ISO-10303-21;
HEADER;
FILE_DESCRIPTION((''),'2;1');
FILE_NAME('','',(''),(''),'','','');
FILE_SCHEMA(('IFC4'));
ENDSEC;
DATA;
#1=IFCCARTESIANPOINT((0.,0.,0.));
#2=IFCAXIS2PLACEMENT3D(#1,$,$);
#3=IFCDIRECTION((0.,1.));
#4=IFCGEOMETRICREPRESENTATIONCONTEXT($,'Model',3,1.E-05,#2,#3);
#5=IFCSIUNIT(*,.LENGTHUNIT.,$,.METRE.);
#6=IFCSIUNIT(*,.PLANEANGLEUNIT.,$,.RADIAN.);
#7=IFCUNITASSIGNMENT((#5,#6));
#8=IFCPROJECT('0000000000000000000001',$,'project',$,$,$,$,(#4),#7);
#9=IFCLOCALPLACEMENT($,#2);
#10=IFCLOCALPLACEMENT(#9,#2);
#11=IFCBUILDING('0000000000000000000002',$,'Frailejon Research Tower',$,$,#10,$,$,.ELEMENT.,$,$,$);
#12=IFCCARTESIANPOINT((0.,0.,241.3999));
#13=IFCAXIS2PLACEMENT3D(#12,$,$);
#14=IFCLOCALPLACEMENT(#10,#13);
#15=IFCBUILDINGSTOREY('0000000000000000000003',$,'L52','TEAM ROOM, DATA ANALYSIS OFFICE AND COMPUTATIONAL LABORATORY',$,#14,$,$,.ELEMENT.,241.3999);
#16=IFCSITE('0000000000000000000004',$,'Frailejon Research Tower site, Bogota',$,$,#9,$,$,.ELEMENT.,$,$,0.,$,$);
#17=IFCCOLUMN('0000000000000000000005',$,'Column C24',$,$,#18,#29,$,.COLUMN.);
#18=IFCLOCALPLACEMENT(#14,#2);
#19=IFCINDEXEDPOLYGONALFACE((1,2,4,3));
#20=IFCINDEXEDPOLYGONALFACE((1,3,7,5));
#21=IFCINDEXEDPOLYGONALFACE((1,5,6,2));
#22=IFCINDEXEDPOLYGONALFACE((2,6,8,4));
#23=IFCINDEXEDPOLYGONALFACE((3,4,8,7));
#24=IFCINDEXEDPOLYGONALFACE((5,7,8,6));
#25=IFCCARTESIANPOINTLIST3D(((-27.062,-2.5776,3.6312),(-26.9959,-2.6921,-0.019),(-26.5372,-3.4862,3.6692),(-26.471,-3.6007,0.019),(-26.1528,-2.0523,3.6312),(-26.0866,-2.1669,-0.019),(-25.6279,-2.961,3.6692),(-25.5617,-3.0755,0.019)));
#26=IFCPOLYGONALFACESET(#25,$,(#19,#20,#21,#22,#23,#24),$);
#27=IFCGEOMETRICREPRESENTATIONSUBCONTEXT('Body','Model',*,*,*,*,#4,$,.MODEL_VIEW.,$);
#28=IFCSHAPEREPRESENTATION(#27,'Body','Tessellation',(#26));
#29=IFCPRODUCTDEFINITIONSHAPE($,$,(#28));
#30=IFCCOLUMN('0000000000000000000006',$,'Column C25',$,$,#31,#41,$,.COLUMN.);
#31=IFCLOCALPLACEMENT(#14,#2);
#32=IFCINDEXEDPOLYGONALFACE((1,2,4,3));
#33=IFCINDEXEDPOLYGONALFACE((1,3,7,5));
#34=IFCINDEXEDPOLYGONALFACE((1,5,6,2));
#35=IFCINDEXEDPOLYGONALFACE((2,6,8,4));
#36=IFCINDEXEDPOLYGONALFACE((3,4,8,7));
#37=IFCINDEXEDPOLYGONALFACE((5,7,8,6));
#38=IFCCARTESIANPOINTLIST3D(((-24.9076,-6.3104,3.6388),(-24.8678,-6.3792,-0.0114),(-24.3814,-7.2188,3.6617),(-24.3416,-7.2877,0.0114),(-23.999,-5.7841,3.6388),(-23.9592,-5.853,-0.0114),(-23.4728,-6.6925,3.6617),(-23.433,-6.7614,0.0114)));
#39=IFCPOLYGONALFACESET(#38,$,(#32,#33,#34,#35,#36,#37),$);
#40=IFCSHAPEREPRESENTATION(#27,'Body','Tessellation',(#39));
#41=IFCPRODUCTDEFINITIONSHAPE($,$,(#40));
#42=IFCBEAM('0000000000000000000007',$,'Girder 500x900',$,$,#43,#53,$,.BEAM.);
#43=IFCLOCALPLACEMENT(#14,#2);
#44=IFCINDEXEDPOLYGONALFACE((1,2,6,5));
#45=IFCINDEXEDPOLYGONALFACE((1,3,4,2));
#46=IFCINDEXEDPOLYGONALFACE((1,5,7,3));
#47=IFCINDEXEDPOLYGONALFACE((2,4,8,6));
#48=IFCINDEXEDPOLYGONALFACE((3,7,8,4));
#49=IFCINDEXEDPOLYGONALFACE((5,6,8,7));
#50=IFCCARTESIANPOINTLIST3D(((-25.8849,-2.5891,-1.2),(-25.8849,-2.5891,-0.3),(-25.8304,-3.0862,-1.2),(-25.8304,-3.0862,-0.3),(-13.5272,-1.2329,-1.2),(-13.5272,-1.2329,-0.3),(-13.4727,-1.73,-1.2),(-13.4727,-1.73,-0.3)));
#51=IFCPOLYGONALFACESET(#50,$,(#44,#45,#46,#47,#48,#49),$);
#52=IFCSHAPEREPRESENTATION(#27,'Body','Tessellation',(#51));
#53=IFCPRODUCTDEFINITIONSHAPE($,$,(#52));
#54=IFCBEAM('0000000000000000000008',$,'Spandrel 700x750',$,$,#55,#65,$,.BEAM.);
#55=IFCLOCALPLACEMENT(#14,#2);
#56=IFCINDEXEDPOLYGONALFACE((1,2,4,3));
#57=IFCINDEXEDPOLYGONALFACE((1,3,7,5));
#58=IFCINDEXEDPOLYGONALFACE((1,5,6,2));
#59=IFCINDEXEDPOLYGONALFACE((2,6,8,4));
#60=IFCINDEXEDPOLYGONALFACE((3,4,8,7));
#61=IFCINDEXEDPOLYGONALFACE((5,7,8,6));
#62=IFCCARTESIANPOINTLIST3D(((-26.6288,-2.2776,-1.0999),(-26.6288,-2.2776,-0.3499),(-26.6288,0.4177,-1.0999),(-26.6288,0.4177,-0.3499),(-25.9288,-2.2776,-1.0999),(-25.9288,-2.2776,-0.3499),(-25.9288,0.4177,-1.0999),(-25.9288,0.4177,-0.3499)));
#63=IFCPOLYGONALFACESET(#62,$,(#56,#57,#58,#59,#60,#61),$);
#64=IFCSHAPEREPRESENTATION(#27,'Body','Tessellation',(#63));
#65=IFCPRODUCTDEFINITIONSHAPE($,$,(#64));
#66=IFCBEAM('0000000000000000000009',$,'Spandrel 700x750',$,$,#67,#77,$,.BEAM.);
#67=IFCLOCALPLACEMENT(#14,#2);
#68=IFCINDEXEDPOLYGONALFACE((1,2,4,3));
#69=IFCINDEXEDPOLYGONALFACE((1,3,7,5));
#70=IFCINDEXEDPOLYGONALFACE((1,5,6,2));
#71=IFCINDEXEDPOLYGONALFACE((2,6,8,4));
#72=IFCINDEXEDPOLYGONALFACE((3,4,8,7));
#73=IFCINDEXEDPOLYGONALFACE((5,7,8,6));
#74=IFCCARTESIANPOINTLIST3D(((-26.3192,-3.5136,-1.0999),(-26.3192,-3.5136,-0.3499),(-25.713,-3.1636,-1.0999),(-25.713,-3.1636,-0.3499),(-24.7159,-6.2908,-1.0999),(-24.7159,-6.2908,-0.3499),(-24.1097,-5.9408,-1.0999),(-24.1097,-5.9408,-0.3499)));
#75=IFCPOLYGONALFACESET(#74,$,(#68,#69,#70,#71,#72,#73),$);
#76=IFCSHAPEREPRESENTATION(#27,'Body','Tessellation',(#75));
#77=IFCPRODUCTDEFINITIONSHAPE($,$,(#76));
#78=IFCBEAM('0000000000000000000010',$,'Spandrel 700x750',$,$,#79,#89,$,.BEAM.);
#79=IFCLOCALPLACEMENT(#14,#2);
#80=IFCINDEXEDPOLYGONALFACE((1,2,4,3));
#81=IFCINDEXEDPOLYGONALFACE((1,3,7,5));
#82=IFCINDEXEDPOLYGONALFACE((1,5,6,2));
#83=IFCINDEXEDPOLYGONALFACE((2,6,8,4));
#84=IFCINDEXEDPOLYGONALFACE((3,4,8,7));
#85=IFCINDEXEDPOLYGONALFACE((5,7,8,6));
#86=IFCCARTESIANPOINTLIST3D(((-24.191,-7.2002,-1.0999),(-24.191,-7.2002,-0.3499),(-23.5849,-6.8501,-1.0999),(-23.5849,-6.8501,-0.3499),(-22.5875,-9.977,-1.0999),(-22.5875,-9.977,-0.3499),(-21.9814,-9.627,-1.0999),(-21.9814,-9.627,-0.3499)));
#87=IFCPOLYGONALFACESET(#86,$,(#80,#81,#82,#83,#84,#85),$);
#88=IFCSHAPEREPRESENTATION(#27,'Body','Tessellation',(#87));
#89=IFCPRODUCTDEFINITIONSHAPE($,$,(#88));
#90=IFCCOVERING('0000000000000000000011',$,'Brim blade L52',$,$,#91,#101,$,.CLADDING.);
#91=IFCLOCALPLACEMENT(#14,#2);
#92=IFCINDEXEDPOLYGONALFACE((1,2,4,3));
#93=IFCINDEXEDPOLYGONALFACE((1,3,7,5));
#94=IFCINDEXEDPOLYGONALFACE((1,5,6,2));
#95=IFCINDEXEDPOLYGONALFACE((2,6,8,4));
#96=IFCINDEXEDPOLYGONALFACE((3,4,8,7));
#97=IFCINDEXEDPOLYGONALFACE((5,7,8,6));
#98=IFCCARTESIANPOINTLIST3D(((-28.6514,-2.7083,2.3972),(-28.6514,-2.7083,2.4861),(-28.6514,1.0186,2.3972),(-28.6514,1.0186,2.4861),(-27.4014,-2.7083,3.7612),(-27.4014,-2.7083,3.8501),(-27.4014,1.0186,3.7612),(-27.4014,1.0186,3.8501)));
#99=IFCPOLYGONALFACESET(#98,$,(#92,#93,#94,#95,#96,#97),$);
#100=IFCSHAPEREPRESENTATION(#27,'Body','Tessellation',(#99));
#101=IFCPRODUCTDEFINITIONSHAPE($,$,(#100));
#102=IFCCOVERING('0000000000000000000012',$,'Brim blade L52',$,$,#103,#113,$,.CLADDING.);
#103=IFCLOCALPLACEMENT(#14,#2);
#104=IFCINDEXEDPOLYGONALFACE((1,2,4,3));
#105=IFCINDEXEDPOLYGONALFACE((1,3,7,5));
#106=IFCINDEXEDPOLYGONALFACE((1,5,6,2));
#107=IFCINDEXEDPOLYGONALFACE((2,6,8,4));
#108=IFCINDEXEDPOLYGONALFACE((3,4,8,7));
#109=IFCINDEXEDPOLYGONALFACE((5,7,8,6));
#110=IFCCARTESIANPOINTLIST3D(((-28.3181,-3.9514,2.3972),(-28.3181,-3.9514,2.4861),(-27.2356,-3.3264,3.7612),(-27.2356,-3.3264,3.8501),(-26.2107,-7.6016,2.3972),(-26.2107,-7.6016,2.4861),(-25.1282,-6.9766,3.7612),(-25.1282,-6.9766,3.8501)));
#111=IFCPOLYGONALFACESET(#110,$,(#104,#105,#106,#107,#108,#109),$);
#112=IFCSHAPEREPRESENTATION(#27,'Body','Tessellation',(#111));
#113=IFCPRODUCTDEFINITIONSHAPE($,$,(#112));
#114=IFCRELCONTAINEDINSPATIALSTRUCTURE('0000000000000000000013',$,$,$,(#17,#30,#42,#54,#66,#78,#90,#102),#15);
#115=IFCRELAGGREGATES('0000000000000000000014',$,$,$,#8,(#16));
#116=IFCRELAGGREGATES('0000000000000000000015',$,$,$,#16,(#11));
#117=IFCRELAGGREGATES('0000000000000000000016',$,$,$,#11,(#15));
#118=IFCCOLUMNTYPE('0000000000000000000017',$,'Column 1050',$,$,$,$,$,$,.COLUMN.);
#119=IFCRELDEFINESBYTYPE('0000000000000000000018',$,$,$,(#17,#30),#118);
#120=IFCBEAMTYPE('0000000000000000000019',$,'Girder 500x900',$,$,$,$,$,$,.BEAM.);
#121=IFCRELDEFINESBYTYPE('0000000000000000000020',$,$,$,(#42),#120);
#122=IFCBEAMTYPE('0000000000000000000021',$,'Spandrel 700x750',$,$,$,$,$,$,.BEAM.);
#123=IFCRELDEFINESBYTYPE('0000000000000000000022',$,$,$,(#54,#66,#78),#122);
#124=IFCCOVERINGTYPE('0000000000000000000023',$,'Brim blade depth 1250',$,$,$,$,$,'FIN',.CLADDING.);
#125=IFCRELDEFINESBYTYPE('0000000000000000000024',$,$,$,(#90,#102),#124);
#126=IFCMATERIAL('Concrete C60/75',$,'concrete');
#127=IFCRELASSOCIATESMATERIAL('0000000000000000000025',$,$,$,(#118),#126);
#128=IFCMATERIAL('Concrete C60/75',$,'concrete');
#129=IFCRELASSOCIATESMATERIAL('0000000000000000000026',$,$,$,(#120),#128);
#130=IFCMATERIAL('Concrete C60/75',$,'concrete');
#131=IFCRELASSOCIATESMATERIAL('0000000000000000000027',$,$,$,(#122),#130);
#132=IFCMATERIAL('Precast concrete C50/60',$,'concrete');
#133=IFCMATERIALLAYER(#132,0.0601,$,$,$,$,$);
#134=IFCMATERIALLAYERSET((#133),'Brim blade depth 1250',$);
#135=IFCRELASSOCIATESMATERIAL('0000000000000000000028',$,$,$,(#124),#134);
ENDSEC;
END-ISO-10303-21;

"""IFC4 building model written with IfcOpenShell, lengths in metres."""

from ifc_helpers import new_model, si_unit, direction, frame, origin, origin_2d, place, context, subcontext, project, spatial, polyline, rectangle, outline, extrude, material, layer, layer_set, material_profile, profile_set, type_object, element, save


model = new_model("IFC4")

# Units and contexts
model_context = context("Model", 3, precision=1e-05, world=origin(), true_north=direction((0.0, 1.0)))
body_context = subcontext(model_context, "Body", "Model", "MODEL_VIEW")
ifc_project = project(units=[si_unit("LENGTHUNIT", "METRE"), si_unit("PLANEANGLEUNIT", "RADIAN")], contexts=[model_context])

# Site, building, storey
site_placement = place(None, origin())
site = spatial("IfcSite", under=ifc_project, at=site_placement, Name="Frailejon Research Tower site, Bogota", CompositionType="ELEMENT", RefElevation=0.0)
building_placement = place(site_placement, origin())
building = spatial("IfcBuilding", under=site, at=building_placement, Name="Frailejon Research Tower", CompositionType="ELEMENT")
storey_placement = place(building_placement, frame((0.0, 0.0, 241.3999)))
storey = spatial("IfcBuildingStorey", under=building, at=storey_placement, Name="L52", Description="TEAM ROOM, DATA ANALYSIS OFFICE AND COMPUTATIONAL LABORATORY", CompositionType="ELEMENT", Elevation=241.3999)

# Columns
ifc_material_1 = material(Name="Concrete C60/75", Category="concrete")
ifc_material_profile_1 = material_profile(ifc_material_1, rectangle(XDim=1.05, YDim=1.05, at=origin_2d()), Name="Column 1050")
ifc_profile_set_1 = profile_set([ifc_material_profile_1], Name="Concrete C60/75")
column_type = type_object("IfcColumnType", Name="Column 1050", PredefinedType="COLUMN", material=ifc_profile_set_1)
column_1_placement = place(storey_placement, frame((-26.2788, -2.8838, 0.0), z_axis=(-0.018114, 0.031349, 0.999344), x_axis=(0.49984, -0.865361, 0.036206)))
element("IfcColumn", 1, at=column_1_placement, inside=storey, type_object=column_type, Name="Column C24", PredefinedType="COLUMN", context=body_context, shape_type="SweptSolid", body=[
    extrude(rectangle(XDim=1.05, YDim=1.05, at=origin_2d()), origin(), (0.0, 0.0, 1.0), 3.6526),
])
column_2_placement = place(storey_placement, frame((-24.1504, -6.5703, 0.0), z_axis=(-0.0109, 0.018857, 0.999763), x_axis=(0.501086, -0.865123, 0.021781)))
element("IfcColumn", 2, at=column_2_placement, inside=storey, type_object=column_type, Name="Column C25", PredefinedType="COLUMN", context=body_context, shape_type="SweptSolid", body=[
    extrude(rectangle(XDim=1.05, YDim=1.05, at=origin_2d()), origin(), (0.0, 0.0, 1.0), 3.6511),
])

# Beams
ifc_material_2 = material(Name="Concrete C60/75", Category="concrete")
ifc_material_profile_2 = material_profile(ifc_material_2, rectangle(XDim=0.5, YDim=0.8999, at=origin_2d()), Name="Girder 500x900")
ifc_profile_set_2 = profile_set([ifc_material_profile_2], Name="Concrete C60/75")
beam_type_1 = type_object("IfcBeamType", Name="Girder 500x900", PredefinedType="BEAM", material=ifc_profile_set_2)
beam_1_placement = place(storey_placement, frame((-25.8577, -2.8376, -0.75), z_axis=(0.994032, 0.109091, 0.0), x_axis=(-0.109091, 0.994032, 0.0)))
element("IfcBeam", 3, at=beam_1_placement, inside=storey, type_object=beam_type_1, Name="Girder 500x900", PredefinedType="BEAM", context=body_context, shape_type="SweptSolid", body=[
    extrude(rectangle(XDim=0.5, YDim=0.8999, at=origin_2d()), origin(), (0.0, 0.0, 1.0), 12.4319),
])
ifc_material_3 = material(Name="Concrete C60/75", Category="concrete")
ifc_material_profile_3 = material_profile(ifc_material_3, rectangle(XDim=0.7, YDim=0.75, at=origin_2d()), Name="Spandrel 700x750")
ifc_profile_set_3 = profile_set([ifc_material_profile_3], Name="Concrete C60/75")
beam_type_2 = type_object("IfcBeamType", Name="Spandrel 700x750", PredefinedType="BEAM", material=ifc_profile_set_3)
beam_2_placement = place(storey_placement, frame((-26.2788, 0.4177, -0.7249), z_axis=(0.0, -1.0, 0.0), x_axis=(1.0, 0.0, 0.0)))
element("IfcBeam", 4, at=beam_2_placement, inside=storey, type_object=beam_type_2, Name="Spandrel 700x750", PredefinedType="BEAM", context=body_context, shape_type="SweptSolid", body=[
    extrude(rectangle(XDim=0.7, YDim=0.75, at=origin_2d()), origin(), (0.0, 0.0, 1.0), 2.6953),
])
beam_3_placement = place(storey_placement, frame((-26.0161, -3.3386, -0.7249), z_axis=(0.499979, -0.866037, 0.0), x_axis=(0.866037, 0.499979, 0.0)))
element("IfcBeam", 5, at=beam_3_placement, inside=storey, type_object=beam_type_2, Name="Spandrel 700x750", PredefinedType="BEAM", context=body_context, shape_type="SweptSolid", body=[
    extrude(rectangle(XDim=0.7, YDim=0.75, at=origin_2d()), origin(), (0.0, 0.0, 1.0), 3.2068),
])
beam_4_placement = place(storey_placement, frame((-23.8879, -7.0251, -0.7249), z_axis=(0.50007, -0.865985, 0.0), x_axis=(0.865985, 0.50007, 0.0)))
element("IfcBeam", 6, at=beam_4_placement, inside=storey, type_object=beam_type_2, Name="Spandrel 700x750", PredefinedType="BEAM", context=body_context, shape_type="SweptSolid", body=[
    extrude(rectangle(XDim=0.7, YDim=0.75, at=origin_2d()), origin(), (0.0, 0.0, 1.0), 3.2065),
])

# Coverings
ifc_material_4 = material(Name="Precast concrete C50/60", Category="concrete")
ifc_layer = layer(ifc_material_4, 0.0601)
ifc_layer_set = layer_set([ifc_layer], Name="Brim blade depth 1250")
covering_type = type_object("IfcCoveringType", Name="Brim blade depth 1250", ElementType="FIN", PredefinedType="CLADDING", material=ifc_layer_set)
covering_1_placement = place(storey_placement, frame((-27.4014, -2.7083, 3.8501), z_axis=(0.0, 1.0, 0.0), x_axis=(-1.0, 0.0, 0.0)))
element("IfcCovering", 7, at=covering_1_placement, inside=storey, type_object=covering_type, Name="Brim blade L52", PredefinedType="CLADDING", context=body_context, shape_type="SweptSolid", body=[
    extrude(outline(polyline([(0.0, -0.0889), (1.25, -1.4529), (1.25, -1.364), (0.0, 0.0), (0.0, -0.0889)])), origin(), (0.0, 0.0, 1.0), 3.7268),
])
covering_2_placement = place(storey_placement, frame((-25.1282, -6.9766, 3.8501), z_axis=(-0.500003, 0.866024, 0.0), x_axis=(-0.866024, -0.500003, 0.0)))
element("IfcCovering", 8, at=covering_2_placement, inside=storey, type_object=covering_type, Name="Brim blade L52", PredefinedType="CLADDING", context=body_context, shape_type="SweptSolid", body=[
    extrude(outline(polyline([(0.0, -0.0889), (1.25, -1.4529), (1.25, -1.364), (0.0, 0.0), (0.0, -0.0889)])), origin(), (0.0, 0.0, 1.0), 4.2148),
])

save(model, "model.ifc")
